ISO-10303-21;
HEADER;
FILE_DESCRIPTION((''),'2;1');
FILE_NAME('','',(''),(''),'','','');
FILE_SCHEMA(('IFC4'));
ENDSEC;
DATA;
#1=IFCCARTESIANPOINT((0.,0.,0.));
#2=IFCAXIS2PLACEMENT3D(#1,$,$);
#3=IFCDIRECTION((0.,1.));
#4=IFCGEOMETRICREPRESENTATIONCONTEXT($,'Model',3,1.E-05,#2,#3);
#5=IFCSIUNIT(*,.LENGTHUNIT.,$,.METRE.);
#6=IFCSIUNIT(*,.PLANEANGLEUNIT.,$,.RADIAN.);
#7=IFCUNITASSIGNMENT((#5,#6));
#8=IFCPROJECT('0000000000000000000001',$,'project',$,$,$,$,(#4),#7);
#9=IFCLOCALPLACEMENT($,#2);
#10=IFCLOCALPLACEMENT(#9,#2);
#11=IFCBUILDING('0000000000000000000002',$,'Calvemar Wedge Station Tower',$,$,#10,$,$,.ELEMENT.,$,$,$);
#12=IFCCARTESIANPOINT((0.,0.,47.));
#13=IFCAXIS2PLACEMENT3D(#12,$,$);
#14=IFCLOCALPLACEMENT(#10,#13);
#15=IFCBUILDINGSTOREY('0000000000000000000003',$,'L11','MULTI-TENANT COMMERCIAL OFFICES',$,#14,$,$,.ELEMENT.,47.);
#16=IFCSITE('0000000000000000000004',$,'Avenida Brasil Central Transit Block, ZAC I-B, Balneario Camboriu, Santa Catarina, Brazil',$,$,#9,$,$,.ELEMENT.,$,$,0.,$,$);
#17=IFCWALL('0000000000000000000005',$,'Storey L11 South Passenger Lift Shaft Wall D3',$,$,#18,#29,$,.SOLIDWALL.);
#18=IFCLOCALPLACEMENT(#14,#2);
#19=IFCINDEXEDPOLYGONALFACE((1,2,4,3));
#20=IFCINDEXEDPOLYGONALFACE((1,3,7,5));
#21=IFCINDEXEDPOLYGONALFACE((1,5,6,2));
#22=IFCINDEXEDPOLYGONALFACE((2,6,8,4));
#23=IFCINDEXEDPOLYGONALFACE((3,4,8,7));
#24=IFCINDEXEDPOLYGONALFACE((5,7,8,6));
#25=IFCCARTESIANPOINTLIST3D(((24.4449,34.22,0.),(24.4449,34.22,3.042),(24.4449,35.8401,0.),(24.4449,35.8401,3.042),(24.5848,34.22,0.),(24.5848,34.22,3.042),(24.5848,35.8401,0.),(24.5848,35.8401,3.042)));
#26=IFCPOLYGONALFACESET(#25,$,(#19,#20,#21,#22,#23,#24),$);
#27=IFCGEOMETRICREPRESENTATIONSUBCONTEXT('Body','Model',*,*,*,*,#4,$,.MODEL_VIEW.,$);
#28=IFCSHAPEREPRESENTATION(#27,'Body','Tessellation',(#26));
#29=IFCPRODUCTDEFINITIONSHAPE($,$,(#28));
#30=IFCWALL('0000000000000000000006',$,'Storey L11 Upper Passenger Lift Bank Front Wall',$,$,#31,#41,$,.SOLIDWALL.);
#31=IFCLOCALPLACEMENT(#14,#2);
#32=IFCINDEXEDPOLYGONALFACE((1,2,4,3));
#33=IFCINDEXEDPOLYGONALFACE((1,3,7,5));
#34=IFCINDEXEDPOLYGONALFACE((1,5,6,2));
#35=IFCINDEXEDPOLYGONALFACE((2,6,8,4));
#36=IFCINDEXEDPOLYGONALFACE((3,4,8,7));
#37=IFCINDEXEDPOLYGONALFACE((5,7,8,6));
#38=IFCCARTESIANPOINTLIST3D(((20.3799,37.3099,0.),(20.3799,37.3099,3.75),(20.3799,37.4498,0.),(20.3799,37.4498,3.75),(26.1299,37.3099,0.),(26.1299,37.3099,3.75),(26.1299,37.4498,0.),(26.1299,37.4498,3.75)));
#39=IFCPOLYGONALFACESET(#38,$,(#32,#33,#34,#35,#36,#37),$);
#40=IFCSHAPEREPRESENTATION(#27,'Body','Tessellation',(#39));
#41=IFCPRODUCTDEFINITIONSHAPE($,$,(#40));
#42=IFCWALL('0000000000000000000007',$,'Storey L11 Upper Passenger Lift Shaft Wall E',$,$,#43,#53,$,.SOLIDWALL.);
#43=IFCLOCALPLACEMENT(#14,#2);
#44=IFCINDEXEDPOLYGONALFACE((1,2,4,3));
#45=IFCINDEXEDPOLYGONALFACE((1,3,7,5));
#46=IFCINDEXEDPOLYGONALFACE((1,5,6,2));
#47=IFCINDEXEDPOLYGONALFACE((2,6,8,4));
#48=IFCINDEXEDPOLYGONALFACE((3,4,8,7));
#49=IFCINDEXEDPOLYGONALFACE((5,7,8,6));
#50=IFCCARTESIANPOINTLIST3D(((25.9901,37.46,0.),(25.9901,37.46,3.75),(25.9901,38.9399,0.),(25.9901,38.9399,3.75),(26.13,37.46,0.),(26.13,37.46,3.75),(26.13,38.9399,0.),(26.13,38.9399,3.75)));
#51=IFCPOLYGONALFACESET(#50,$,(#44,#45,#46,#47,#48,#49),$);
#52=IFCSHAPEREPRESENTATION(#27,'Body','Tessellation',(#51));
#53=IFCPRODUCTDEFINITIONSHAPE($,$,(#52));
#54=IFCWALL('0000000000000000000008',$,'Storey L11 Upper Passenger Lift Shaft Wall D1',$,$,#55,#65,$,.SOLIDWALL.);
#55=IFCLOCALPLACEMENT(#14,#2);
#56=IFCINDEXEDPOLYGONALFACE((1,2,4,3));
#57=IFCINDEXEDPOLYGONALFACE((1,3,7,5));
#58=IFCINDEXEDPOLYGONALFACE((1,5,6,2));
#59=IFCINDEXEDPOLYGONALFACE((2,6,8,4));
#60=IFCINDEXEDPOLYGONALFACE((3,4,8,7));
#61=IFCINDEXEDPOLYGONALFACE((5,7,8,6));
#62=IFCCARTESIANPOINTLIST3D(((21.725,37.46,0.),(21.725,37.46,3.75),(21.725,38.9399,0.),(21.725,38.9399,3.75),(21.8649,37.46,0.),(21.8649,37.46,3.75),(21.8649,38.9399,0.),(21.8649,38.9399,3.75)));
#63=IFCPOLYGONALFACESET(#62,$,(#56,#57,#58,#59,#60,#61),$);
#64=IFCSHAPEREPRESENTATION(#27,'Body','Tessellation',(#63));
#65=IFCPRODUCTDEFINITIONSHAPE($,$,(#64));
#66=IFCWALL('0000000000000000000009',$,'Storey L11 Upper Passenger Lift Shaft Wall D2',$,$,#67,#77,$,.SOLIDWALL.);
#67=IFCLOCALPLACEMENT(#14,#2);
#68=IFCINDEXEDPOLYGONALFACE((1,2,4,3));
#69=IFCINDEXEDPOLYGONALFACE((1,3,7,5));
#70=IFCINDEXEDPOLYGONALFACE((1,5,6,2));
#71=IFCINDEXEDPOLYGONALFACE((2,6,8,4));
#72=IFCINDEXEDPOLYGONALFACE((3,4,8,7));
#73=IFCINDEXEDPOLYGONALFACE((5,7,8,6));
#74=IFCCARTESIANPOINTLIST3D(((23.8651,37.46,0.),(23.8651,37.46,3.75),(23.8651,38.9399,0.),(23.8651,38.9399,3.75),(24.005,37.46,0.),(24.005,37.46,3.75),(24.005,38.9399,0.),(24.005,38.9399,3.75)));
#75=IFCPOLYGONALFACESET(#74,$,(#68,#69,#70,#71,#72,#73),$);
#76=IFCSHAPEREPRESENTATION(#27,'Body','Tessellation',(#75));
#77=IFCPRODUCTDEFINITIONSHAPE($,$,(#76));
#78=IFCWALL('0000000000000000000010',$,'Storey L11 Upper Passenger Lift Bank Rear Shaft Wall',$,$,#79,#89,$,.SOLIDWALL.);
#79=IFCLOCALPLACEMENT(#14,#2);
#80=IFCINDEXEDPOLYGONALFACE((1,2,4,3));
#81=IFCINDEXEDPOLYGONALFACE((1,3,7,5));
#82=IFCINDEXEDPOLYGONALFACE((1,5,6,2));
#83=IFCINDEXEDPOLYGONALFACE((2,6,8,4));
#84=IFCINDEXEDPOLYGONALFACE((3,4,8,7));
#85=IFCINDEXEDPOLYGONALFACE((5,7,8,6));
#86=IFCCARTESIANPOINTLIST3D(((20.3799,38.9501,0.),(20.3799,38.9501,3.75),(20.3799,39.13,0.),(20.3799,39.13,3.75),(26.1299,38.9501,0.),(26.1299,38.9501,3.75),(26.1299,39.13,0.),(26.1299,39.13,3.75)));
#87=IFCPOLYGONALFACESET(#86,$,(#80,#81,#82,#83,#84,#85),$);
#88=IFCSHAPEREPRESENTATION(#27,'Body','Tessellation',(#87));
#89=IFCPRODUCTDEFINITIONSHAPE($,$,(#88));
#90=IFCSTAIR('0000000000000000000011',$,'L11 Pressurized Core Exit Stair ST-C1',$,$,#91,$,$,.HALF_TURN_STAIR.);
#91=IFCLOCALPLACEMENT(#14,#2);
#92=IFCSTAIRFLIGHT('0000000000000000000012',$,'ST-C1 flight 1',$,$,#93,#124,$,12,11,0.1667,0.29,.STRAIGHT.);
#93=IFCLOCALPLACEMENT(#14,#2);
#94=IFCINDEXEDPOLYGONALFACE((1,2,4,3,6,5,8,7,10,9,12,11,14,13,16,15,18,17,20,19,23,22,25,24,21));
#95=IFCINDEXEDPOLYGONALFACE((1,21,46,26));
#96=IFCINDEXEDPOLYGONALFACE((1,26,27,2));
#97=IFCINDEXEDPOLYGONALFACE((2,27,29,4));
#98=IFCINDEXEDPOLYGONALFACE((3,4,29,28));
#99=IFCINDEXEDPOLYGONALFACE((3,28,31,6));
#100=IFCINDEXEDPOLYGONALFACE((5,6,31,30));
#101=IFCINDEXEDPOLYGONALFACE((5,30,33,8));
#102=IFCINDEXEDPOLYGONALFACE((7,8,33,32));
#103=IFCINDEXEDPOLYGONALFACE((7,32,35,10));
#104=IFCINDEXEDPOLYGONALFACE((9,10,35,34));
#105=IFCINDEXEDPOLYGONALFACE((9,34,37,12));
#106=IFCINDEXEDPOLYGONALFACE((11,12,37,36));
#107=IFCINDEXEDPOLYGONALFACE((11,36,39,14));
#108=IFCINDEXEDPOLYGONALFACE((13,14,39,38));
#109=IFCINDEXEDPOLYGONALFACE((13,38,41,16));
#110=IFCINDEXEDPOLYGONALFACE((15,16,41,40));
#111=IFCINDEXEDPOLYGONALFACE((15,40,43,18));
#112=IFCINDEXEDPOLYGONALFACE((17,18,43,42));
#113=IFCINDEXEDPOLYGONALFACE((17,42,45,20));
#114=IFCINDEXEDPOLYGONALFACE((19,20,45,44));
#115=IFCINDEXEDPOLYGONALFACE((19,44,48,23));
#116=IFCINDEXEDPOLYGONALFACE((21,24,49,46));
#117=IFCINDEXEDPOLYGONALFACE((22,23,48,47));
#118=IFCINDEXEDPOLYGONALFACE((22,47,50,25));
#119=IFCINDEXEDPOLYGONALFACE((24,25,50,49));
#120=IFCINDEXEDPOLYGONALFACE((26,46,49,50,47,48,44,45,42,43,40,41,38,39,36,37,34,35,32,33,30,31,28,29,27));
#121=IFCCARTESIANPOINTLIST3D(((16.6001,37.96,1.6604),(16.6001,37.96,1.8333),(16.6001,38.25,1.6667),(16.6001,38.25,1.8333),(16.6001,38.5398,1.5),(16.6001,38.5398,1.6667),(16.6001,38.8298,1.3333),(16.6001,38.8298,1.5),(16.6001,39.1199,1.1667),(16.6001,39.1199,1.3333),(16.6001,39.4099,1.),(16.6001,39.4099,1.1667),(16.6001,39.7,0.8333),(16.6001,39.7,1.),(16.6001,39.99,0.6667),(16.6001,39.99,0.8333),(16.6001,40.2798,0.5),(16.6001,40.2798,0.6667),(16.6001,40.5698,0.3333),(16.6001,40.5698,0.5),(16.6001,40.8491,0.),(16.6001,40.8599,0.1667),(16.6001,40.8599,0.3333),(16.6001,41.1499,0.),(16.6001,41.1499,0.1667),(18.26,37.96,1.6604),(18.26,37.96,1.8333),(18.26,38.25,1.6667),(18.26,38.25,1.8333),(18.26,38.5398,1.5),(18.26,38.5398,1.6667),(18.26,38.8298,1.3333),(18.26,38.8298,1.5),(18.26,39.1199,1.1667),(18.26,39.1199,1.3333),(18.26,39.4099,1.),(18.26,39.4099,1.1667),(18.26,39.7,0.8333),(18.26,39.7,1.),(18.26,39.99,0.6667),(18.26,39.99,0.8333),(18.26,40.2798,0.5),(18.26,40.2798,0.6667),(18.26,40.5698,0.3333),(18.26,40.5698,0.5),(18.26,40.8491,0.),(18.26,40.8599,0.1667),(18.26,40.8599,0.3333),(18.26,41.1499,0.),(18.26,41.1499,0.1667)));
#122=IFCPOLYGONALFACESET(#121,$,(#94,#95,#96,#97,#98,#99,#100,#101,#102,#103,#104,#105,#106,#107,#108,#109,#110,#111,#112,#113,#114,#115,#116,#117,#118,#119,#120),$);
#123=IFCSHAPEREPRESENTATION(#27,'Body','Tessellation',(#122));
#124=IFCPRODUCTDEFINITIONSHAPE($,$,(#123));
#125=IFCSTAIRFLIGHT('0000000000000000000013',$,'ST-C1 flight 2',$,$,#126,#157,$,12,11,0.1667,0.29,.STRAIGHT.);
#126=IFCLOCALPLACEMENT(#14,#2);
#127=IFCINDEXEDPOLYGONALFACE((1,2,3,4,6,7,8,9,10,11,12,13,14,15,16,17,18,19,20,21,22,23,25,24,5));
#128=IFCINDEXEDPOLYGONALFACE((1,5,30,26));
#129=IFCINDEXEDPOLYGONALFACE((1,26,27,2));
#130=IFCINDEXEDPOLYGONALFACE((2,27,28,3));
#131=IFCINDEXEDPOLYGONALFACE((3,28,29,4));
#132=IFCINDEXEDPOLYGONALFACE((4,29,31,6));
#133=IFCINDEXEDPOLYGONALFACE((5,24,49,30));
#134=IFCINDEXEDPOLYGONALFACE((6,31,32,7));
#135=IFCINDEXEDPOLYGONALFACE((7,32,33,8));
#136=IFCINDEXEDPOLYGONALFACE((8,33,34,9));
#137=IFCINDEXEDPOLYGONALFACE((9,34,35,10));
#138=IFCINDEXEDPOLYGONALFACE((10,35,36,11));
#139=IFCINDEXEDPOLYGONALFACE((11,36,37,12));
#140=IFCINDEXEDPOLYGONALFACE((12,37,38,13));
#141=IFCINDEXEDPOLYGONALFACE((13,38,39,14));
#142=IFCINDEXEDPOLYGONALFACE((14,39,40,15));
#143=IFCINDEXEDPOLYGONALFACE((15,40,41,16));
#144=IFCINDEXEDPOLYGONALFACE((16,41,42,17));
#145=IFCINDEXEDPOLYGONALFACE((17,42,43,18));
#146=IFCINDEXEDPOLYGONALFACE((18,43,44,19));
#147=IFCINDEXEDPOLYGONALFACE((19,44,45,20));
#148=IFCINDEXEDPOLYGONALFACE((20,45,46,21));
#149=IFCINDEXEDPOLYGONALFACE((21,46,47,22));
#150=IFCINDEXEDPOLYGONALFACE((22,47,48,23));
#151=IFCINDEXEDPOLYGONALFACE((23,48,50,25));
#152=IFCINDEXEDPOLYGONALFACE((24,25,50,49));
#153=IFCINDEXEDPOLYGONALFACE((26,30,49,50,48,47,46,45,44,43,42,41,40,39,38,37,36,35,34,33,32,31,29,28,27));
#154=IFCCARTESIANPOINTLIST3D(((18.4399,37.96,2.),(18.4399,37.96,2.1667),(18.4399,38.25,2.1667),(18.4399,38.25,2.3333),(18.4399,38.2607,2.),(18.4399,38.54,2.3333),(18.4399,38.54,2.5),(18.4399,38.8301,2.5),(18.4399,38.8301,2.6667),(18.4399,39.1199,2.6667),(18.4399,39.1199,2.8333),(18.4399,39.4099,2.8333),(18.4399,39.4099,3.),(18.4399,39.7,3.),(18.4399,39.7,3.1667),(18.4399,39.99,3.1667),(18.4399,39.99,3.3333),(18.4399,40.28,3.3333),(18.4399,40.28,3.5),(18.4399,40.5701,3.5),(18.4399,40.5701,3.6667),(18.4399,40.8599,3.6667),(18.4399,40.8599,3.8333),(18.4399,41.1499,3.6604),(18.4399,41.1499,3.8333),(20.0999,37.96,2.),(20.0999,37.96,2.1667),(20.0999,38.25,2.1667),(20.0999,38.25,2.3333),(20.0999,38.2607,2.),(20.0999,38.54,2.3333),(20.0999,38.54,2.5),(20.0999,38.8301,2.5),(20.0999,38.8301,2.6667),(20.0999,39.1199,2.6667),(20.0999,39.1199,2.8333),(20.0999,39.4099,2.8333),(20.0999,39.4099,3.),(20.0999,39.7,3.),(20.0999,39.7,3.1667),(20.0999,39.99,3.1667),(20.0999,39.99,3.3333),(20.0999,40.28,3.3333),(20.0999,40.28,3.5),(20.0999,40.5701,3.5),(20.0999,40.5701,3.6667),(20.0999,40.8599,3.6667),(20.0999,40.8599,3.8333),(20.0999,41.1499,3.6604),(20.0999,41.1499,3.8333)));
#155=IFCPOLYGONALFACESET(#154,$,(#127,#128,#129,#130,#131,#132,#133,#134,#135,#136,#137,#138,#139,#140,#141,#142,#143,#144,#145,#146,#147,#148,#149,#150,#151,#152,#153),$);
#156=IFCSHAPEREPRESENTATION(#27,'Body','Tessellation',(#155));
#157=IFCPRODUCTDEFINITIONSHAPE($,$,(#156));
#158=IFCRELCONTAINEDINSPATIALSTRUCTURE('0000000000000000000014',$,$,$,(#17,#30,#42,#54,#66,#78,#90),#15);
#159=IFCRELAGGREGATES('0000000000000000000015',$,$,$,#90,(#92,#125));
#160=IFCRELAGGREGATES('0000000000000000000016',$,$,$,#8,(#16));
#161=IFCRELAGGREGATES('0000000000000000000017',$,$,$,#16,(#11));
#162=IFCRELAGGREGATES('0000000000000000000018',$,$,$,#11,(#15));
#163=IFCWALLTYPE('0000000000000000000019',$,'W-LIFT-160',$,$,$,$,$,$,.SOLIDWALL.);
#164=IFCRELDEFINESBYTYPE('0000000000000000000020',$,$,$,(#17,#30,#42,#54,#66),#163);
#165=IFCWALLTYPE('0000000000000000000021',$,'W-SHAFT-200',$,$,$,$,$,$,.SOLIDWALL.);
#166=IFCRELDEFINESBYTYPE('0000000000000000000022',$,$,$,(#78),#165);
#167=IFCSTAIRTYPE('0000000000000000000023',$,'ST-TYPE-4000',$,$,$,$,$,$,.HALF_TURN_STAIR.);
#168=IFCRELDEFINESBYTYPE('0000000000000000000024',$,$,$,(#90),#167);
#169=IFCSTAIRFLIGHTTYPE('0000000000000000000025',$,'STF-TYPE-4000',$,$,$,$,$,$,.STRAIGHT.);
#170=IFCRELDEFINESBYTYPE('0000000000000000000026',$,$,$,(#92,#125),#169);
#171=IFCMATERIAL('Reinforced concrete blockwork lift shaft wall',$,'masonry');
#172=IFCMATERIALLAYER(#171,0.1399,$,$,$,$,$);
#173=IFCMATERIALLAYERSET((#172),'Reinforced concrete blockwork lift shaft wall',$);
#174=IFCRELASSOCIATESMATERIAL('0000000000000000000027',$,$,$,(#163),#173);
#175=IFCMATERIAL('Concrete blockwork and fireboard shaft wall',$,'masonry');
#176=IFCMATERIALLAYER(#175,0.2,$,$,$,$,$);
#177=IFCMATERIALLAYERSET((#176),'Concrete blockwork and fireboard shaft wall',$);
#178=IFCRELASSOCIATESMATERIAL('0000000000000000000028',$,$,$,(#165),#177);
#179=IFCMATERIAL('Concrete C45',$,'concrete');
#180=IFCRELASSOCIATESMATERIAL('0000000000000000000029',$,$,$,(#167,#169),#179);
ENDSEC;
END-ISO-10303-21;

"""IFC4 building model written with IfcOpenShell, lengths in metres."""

from ifc_helpers import new_model, si_unit, direction, frame, frame_2d, origin, place, context, subcontext, project, spatial, polyline, rectangle, outline, extrude, material, layer, layer_set, type_object, element, aggregate, save


model = new_model("IFC4")

# Units and contexts
model_context = context("Model", 3, precision=1e-05, world=origin(), true_north=direction((0.0, 1.0)))
body_context = subcontext(model_context, "Body", "Model", "MODEL_VIEW")
ifc_project = project(units=[si_unit("LENGTHUNIT", "METRE"), si_unit("PLANEANGLEUNIT", "RADIAN")], contexts=[model_context])

# Site, building, storey
site_placement = place(None, origin())
site = spatial("IfcSite", under=ifc_project, at=site_placement, Name="Avenida Brasil Central Transit Block, ZAC I-B, Balneario Camboriu, Santa Catarina, Brazil", CompositionType="ELEMENT", RefElevation=0.0)
building_placement = place(site_placement, origin())
building = spatial("IfcBuilding", under=site, at=building_placement, Name="Calvemar Wedge Station Tower", CompositionType="ELEMENT")
storey_placement = place(building_placement, frame((0.0, 0.0, 47.0)))
storey = spatial("IfcBuildingStorey", under=building, at=storey_placement, Name="L11", Description="MULTI-TENANT COMMERCIAL OFFICES", CompositionType="ELEMENT", Elevation=47.0)

# Shared definitions
ifc_material_1 = material(Name="Reinforced concrete blockwork lift shaft wall", Category="masonry")
ifc_layer_1 = layer(ifc_material_1, 0.1399)
ifc_layer_set_1 = layer_set([ifc_layer_1], Name="Reinforced concrete blockwork lift shaft wall")
wall_type_1 = type_object("IfcWallType", Name="W-LIFT-160", PredefinedType="SOLIDWALL", material=ifc_layer_set_1)

# Walls
for number, where, z_axis, x_axis, name in (
    (1, (24.5149, 34.22, 0.0), (0.0, 0.0, 1.0), (0.0, 1.0, 0.0), "Storey L11 South Passenger Lift Shaft Wall D3"),
):
    element("IfcWall", number, at=place(storey_placement, frame(where, z_axis=z_axis, x_axis=x_axis)), inside=storey, type_object=wall_type_1, Name=name, PredefinedType="SOLIDWALL", context=body_context, shape_type="SweptSolid", body=[
        extrude(rectangle(XDim=1.6201, YDim=0.1399, at=frame_2d((0.8101, 0.0))), origin(), (0.0, 0.0, 1.0), 3.042),
    ])
wall_1_placement = place(storey_placement, frame((20.3799, 37.3799, 0.0), z_axis=(0.0, 0.0, 1.0), x_axis=(1.0, 0.0, 0.0)))
element("IfcWall", 2, at=wall_1_placement, inside=storey, type_object=wall_type_1, Name="Storey L11 Upper Passenger Lift Bank Front Wall", PredefinedType="SOLIDWALL", context=body_context, shape_type="SweptSolid", body=[
    extrude(rectangle(XDim=5.75, YDim=0.1399, at=frame_2d((2.875, 0.0))), origin(), (0.0, 0.0, 1.0), 3.75),
])
for number, where, z_axis, x_axis, name in (
    (3, (26.0601, 37.46, 0.0), (0.0, 0.0, 1.0), (0.0, 1.0, 0.0), "Storey L11 Upper Passenger Lift Shaft Wall E"),
    (4, (21.7949, 37.46, 0.0), (0.0, 0.0, 1.0), (0.0, 1.0, 0.0), "Storey L11 Upper Passenger Lift Shaft Wall D1"),
    (5, (23.9351, 37.46, 0.0), (0.0, 0.0, 1.0), (0.0, 1.0, 0.0), "Storey L11 Upper Passenger Lift Shaft Wall D2"),
):
    element("IfcWall", number, at=place(storey_placement, frame(where, z_axis=z_axis, x_axis=x_axis)), inside=storey, type_object=wall_type_1, Name=name, PredefinedType="SOLIDWALL", context=body_context, shape_type="SweptSolid", body=[
        extrude(rectangle(XDim=1.48, YDim=0.1399, at=frame_2d((0.74, 0.0))), origin(), (0.0, 0.0, 1.0), 3.75),
    ])
ifc_material_2 = material(Name="Concrete blockwork and fireboard shaft wall", Category="masonry")
ifc_layer_2 = layer(ifc_material_2, 0.2)
ifc_layer_set_2 = layer_set([ifc_layer_2], Name="Concrete blockwork and fireboard shaft wall")
wall_type_2 = type_object("IfcWallType", Name="W-SHAFT-200", PredefinedType="SOLIDWALL", material=ifc_layer_set_2)
wall_2_placement = place(storey_placement, frame((20.3799, 39.04, 0.0), z_axis=(0.0, 0.0, 1.0), x_axis=(1.0, 0.0, 0.0)))
element("IfcWall", 6, at=wall_2_placement, inside=storey, type_object=wall_type_2, Name="Storey L11 Upper Passenger Lift Bank Rear Shaft Wall", PredefinedType="SOLIDWALL", context=body_context, shape_type="SweptSolid", body=[
    extrude(rectangle(XDim=5.75, YDim=0.1799, at=frame_2d((2.875, 0.0))), origin(), (0.0, 0.0, 1.0), 3.75),
])

# Stair, stair flights
ifc_material_3 = material(Name="Concrete C45", Category="concrete")
stair_type = type_object("IfcStairType", Name="ST-TYPE-4000", PredefinedType="HALF_TURN_STAIR", material=ifc_material_3)
stair_placement = place(storey_placement, origin())
stair = element("IfcStair", 7, at=stair_placement, inside=storey, type_object=stair_type, Name="L11 Pressurized Core Exit Stair ST-C1", PredefinedType="HALF_TURN_STAIR")
stair_flight_type = type_object("IfcStairFlightType", Name="STF-TYPE-4000", PredefinedType="STRAIGHT", material=ifc_material_3)
stair_flight_1_placement = place(storey_placement, frame((17.4299, 41.1499, 0.0), z_axis=(0.0, 0.0, 1.0), x_axis=(0.0, -1.0, 0.0)))
stair_flight_1 = element("IfcStairFlight", 8, at=stair_flight_1_placement, type_object=stair_flight_type, Name="ST-C1 flight 1", NumberOfRisers=12, NumberOfTreads=11, PredefinedType="STRAIGHT", RiserHeight=0.1667, TreadLength=0.29, context=body_context, shape_type="SweptSolid", body=[
    extrude(outline(polyline([(0.0, 0.0), (0.0, 0.1667), (0.29, 0.1667), (0.29, 0.3333), (0.5801, 0.3333), (0.5801, 0.5), (0.8701, 0.5), (0.8701, 0.6667), (1.1599, 0.6667), (1.1599, 0.8333), (1.45, 0.8333), (1.45, 1.0), (1.74, 1.0), (1.74, 1.1667), (2.03, 1.1667), (2.03, 1.3333), (2.3201, 1.3333), (2.3201, 1.5), (2.6101, 1.5), (2.6101, 1.6667), (2.8999, 1.6667), (2.8999, 1.8333), (3.1899, 1.8333), (3.1899, 2.0), (3.1899, 1.6604), (0.3008, 0.0), (0.0, 0.0)])), frame((0.0, 0.8301, 0.0), z_axis=(0.0, -1.0, 0.0), x_axis=(1.0, 0.0, 0.0)), (0.0, 0.0, 1.0), 1.6599),
])
stair_flight_2_placement = place(storey_placement, frame((19.27, 37.96, 2.0), z_axis=(0.0, 0.0, 1.0), x_axis=(0.0, 1.0, 0.0)))
stair_flight_2 = element("IfcStairFlight", 9, at=stair_flight_2_placement, type_object=stair_flight_type, Name="ST-C1 flight 2", NumberOfRisers=12, NumberOfTreads=11, PredefinedType="STRAIGHT", RiserHeight=0.1667, TreadLength=0.29, context=body_context, shape_type="SweptSolid", body=[
    extrude(outline(polyline([(0.0, 0.0), (0.0, 0.1667), (0.29, 0.1667), (0.29, 0.3333), (0.5801, 0.3333), (0.5801, 0.5), (0.8701, 0.5), (0.8701, 0.6667), (1.1599, 0.6667), (1.1599, 0.8333), (1.45, 0.8333), (1.45, 1.0), (1.74, 1.0), (1.74, 1.1667), (2.03, 1.1667), (2.03, 1.3333), (2.3201, 1.3333), (2.3201, 1.5), (2.6101, 1.5), (2.6101, 1.6667), (2.8999, 1.6667), (2.8999, 1.8333), (3.1899, 1.8333), (3.1899, 2.0), (3.1899, 1.6604), (0.3008, 0.0), (0.0, 0.0)])), frame((0.0, 0.8301, 0.0), z_axis=(0.0, -1.0, 0.0), x_axis=(1.0, 0.0, 0.0)), (0.0, 0.0, 1.0), 1.6599),
])
aggregate(stair, [stair_flight_1, stair_flight_2])

save(model, "model.ifc")
